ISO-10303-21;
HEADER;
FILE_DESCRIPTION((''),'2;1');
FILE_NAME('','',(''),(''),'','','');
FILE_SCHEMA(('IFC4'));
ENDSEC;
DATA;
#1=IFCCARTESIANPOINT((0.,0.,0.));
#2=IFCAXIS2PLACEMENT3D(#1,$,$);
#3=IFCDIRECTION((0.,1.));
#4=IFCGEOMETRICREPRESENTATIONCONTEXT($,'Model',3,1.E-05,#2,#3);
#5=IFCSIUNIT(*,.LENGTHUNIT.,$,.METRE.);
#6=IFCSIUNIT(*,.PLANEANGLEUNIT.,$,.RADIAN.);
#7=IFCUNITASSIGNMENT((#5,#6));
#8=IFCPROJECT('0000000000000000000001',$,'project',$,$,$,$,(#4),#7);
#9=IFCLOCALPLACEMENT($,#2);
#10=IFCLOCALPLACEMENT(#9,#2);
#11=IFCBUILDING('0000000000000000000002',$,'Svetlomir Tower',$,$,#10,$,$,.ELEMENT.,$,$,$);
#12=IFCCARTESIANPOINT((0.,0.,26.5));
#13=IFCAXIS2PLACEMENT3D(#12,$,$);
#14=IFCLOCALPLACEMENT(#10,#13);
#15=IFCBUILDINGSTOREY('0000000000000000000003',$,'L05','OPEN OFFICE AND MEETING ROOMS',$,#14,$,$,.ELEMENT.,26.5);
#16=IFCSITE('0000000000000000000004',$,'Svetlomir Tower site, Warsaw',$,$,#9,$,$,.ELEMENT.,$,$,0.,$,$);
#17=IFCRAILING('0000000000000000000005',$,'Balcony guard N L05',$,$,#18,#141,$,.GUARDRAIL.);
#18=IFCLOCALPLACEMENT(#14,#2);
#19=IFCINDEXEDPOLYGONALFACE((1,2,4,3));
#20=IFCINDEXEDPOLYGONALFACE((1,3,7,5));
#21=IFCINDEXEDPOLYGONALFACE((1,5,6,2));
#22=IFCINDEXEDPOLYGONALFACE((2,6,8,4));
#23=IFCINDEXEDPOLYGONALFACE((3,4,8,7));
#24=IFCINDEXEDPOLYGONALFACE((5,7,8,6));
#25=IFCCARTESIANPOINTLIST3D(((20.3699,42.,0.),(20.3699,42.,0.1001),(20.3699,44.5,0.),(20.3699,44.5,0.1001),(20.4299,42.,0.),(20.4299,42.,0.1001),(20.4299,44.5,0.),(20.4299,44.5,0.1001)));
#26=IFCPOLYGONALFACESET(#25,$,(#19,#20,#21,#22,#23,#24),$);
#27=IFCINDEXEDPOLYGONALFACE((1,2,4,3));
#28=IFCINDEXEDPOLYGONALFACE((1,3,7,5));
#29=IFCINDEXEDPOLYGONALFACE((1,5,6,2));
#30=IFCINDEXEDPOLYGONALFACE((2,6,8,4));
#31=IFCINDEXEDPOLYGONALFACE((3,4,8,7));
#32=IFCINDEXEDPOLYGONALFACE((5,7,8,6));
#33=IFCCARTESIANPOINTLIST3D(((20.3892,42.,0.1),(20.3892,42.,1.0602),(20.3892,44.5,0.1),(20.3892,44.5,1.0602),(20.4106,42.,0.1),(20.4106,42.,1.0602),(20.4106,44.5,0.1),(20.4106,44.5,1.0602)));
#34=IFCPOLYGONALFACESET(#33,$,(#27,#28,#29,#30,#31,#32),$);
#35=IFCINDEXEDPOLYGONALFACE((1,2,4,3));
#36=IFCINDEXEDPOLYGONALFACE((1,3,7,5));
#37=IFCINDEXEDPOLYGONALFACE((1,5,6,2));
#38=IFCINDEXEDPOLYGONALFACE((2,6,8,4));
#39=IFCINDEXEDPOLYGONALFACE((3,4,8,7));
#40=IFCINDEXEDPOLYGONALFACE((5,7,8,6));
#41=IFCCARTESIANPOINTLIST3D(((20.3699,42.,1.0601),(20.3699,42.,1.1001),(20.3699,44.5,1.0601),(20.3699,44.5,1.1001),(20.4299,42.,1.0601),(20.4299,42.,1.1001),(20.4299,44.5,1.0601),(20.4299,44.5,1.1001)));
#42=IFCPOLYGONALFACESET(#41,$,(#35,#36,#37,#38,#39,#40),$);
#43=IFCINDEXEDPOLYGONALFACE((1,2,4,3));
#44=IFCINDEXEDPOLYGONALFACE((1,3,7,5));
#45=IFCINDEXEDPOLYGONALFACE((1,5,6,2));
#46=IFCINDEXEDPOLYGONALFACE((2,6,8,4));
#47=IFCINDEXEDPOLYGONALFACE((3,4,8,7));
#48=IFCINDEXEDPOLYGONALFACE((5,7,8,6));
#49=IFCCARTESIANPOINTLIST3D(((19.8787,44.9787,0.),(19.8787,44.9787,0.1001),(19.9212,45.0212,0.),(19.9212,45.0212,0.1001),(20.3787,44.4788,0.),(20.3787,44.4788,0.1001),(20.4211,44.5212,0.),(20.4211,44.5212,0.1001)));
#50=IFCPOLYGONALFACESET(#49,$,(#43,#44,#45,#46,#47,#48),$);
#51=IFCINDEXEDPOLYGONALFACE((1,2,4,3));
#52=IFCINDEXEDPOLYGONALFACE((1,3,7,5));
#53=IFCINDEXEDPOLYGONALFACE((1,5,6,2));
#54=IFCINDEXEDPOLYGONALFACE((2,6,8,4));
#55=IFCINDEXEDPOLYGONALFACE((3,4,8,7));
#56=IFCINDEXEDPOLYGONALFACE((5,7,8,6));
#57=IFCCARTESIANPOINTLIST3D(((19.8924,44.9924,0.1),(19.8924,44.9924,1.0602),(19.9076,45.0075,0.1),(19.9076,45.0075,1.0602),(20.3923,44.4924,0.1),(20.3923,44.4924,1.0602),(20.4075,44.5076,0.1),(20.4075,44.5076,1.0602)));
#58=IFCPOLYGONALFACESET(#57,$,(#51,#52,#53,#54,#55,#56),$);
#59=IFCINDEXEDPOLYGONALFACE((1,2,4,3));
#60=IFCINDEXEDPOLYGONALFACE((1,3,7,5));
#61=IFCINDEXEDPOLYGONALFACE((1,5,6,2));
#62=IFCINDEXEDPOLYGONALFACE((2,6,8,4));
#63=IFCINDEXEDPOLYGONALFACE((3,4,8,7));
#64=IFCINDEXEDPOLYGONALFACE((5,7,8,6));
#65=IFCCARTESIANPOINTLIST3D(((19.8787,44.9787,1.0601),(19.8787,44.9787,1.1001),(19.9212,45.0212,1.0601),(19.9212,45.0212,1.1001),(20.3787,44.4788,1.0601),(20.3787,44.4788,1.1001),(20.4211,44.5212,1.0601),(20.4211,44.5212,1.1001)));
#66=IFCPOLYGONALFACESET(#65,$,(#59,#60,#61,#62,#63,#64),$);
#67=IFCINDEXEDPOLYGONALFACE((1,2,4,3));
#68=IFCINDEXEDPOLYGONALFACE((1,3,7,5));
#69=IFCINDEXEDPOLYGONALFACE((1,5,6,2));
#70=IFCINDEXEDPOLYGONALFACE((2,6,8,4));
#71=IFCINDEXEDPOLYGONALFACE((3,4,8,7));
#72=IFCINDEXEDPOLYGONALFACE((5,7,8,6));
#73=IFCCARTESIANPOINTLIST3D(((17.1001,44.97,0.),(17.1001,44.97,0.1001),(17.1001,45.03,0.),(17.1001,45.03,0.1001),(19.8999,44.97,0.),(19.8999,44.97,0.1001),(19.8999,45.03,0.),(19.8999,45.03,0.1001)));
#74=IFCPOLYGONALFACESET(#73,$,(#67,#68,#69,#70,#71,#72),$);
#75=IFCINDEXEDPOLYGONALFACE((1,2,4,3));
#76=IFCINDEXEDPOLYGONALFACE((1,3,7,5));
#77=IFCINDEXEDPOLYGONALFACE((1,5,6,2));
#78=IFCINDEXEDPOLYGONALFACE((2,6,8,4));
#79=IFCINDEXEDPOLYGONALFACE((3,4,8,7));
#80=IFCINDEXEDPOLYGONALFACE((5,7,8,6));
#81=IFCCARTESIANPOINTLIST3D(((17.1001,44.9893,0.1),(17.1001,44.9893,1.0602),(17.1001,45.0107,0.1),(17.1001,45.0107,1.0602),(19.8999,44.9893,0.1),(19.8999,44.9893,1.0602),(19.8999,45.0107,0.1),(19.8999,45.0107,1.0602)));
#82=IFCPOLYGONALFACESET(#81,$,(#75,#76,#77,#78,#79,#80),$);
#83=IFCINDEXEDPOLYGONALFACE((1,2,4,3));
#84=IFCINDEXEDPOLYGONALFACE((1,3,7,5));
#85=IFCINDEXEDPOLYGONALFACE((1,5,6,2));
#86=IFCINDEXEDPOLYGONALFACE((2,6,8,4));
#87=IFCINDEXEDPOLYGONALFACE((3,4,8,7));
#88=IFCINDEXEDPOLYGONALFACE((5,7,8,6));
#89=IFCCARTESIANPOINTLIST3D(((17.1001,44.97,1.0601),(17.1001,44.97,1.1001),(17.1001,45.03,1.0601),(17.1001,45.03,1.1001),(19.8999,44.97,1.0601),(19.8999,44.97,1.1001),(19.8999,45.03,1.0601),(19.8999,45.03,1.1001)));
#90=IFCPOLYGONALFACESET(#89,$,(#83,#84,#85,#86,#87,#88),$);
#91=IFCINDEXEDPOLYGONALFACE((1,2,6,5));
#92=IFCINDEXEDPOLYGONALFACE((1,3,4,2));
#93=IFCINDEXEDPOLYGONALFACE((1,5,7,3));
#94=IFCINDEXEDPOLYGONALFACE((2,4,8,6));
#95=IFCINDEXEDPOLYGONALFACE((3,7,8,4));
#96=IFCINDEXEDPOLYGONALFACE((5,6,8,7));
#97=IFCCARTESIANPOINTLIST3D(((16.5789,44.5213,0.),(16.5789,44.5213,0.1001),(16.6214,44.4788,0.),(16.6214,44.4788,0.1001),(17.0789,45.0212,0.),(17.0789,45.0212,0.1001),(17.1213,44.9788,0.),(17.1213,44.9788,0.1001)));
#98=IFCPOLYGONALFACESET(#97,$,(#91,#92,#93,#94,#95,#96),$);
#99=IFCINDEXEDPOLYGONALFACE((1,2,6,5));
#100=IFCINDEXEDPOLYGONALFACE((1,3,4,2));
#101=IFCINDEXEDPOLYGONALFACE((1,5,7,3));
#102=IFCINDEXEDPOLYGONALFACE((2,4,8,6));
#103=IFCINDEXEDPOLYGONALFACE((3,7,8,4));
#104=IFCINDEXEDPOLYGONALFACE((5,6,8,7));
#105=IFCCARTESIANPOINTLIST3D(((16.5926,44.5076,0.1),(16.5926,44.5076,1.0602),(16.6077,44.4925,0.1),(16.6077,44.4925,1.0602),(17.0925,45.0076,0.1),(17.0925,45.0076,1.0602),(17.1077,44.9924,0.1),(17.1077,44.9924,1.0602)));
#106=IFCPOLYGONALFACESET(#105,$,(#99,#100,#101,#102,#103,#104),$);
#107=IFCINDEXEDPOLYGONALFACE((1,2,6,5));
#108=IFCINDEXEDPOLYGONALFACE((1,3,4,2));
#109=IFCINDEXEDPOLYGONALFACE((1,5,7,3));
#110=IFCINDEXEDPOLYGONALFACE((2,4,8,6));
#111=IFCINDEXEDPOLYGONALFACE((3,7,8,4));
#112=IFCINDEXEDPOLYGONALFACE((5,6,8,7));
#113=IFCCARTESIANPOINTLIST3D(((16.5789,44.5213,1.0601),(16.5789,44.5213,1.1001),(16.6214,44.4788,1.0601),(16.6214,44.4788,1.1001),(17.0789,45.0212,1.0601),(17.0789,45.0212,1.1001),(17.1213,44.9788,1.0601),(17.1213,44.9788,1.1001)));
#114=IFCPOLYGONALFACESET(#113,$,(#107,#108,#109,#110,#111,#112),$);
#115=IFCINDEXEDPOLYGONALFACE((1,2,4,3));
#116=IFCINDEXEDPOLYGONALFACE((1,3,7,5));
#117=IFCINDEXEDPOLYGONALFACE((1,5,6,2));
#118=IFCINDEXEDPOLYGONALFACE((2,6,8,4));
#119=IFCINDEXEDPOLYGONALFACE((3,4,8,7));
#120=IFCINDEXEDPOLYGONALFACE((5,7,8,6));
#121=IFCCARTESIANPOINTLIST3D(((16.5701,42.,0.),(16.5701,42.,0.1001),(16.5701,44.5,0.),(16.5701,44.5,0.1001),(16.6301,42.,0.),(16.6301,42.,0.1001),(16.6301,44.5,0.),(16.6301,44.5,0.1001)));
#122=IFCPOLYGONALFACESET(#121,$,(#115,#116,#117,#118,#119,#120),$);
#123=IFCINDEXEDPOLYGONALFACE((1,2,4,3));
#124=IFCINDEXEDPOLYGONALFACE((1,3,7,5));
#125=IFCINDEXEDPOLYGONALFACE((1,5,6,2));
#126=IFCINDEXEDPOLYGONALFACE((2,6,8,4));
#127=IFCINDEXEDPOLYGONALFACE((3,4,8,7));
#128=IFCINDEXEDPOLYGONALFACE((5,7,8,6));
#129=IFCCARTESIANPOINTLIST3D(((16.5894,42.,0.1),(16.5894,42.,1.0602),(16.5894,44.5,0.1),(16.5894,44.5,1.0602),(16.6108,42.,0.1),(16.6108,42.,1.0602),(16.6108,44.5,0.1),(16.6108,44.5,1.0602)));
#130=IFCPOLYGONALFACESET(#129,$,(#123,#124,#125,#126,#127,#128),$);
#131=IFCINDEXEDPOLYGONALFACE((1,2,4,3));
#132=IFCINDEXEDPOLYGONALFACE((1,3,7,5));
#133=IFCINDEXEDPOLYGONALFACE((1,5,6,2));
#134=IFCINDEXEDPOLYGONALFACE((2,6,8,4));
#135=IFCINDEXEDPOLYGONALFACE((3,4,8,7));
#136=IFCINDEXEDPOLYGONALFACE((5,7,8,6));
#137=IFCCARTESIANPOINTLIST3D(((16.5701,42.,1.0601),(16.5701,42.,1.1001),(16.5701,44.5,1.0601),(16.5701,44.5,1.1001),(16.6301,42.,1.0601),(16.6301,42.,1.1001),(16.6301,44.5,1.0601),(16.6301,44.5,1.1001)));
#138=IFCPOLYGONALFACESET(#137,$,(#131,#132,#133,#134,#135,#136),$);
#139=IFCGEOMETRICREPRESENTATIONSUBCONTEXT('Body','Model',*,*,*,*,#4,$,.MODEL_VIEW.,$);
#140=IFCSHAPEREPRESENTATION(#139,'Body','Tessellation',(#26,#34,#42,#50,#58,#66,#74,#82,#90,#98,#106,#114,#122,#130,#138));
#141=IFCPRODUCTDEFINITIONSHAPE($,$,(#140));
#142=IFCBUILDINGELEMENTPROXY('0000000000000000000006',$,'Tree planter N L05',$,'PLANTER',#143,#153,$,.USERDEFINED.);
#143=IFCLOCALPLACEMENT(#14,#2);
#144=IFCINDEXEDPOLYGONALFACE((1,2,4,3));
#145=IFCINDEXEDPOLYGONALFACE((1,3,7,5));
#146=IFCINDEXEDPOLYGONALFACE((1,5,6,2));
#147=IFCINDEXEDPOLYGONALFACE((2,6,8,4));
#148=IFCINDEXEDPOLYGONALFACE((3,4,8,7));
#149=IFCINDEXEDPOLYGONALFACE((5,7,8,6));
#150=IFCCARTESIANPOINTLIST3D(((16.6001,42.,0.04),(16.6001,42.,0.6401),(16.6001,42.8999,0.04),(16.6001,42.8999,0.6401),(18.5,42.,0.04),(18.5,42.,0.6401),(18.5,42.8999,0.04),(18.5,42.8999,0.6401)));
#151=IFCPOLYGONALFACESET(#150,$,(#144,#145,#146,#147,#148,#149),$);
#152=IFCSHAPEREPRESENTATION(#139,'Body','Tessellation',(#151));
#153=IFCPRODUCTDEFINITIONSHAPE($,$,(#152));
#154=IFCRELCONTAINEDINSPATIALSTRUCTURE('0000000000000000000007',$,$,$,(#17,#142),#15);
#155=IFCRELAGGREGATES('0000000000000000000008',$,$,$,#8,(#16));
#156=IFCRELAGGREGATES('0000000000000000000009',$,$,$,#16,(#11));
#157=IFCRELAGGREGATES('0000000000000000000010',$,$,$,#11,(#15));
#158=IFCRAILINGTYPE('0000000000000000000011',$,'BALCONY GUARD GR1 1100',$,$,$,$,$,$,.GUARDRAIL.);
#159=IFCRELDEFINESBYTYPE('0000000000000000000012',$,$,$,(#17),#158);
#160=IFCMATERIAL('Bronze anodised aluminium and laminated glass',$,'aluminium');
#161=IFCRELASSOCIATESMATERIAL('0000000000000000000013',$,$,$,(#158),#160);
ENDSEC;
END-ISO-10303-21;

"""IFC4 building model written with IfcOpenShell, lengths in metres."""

from ifc_helpers import new_model, si_unit, direction, frame, origin, origin_2d, place, context, subcontext, project, spatial, rectangle, extrude, material, type_object, element, save


model = new_model("IFC4")

# Units and contexts
model_context = context("Model", 3, precision=1e-05, world=origin(), true_north=direction((0.0, 1.0)))
body_context = subcontext(model_context, "Body", "Model", "MODEL_VIEW")
ifc_project = project(units=[si_unit("LENGTHUNIT", "METRE"), si_unit("PLANEANGLEUNIT", "RADIAN")], contexts=[model_context])

# Site, building, storey
site_placement = place(None, origin())
site = spatial("IfcSite", under=ifc_project, at=site_placement, Name="Svetlomir Tower site, Warsaw", CompositionType="ELEMENT", RefElevation=0.0)
building_placement = place(site_placement, origin())
building = spatial("IfcBuilding", under=site, at=building_placement, Name="Svetlomir Tower", CompositionType="ELEMENT")
storey_placement = place(building_placement, frame((0.0, 0.0, 26.5)))
storey = spatial("IfcBuildingStorey", under=building, at=storey_placement, Name="L05", Description="OPEN OFFICE AND MEETING ROOMS", CompositionType="ELEMENT", Elevation=26.5)

# Railing
ifc_material_1 = material(Name="Bronze anodised aluminium and laminated glass", Category="aluminium")
railing_type = type_object("IfcRailingType", Name="BALCONY GUARD GR1 1100", PredefinedType="GUARDRAIL", material=ifc_material_1)
railing_placement = place(storey_placement, frame((20.3999, 42.0, 0.0)))
element("IfcRailing", 1, at=railing_placement, inside=storey, type_object=railing_type, Name="Balcony guard N L05", PredefinedType="GUARDRAIL", context=body_context, shape_type="SweptSolid", body=[
    extrude(rectangle(XDim=0.0601, YDim=0.1001, at=origin_2d()), frame((0.0, 0.0, 0.05), z_axis=(0.0, 1.0, 0.0), x_axis=(-1.0, 0.0, 0.0)), (0.0, 0.0, 1.0), 2.5),
    extrude(rectangle(XDim=0.0215, YDim=0.9602, at=origin_2d()), frame((0.0, 0.0, 0.5801), z_axis=(0.0, 1.0, 0.0), x_axis=(-1.0, 0.0, 0.0)), (0.0, 0.0, 1.0), 2.5),
    extrude(rectangle(XDim=0.0601, YDim=0.04, at=origin_2d()), frame((0.0, 0.0, 1.0801), z_axis=(0.0, 1.0, 0.0), x_axis=(-1.0, 0.0, 0.0)), (0.0, 0.0, 1.0), 2.5),
    extrude(rectangle(XDim=0.0601, YDim=0.1001, at=origin_2d()), frame((0.0, 2.5, 0.05), z_axis=(-0.707107, 0.707107, 0.0), x_axis=(-0.707107, -0.707107, 0.0)), (0.0, 0.0, 1.0), 0.707),
    extrude(rectangle(XDim=0.0215, YDim=0.9602, at=origin_2d()), frame((0.0, 2.5, 0.5801), z_axis=(-0.707107, 0.707107, 0.0), x_axis=(-0.707107, -0.707107, 0.0)), (0.0, 0.0, 1.0), 0.707),
    extrude(rectangle(XDim=0.0601, YDim=0.04, at=origin_2d()), frame((0.0, 2.5, 1.0801), z_axis=(-0.707107, 0.707107, 0.0), x_axis=(-0.707107, -0.707107, 0.0)), (0.0, 0.0, 1.0), 0.707),
    extrude(rectangle(XDim=0.0601, YDim=0.1001, at=origin_2d()), frame((-0.5, 3.0, 0.05), z_axis=(-1.0, 0.0, 0.0), x_axis=(0.0, -1.0, 0.0)), (0.0, 0.0, 1.0), 2.7998),
    extrude(rectangle(XDim=0.0215, YDim=0.9602, at=origin_2d()), frame((-0.5, 3.0, 0.5801), z_axis=(-1.0, 0.0, 0.0), x_axis=(0.0, -1.0, 0.0)), (0.0, 0.0, 1.0), 2.7998),
    extrude(rectangle(XDim=0.0601, YDim=0.04, at=origin_2d()), frame((-0.5, 3.0, 1.0801), z_axis=(-1.0, 0.0, 0.0), x_axis=(0.0, -1.0, 0.0)), (0.0, 0.0, 1.0), 2.7998),
    extrude(rectangle(XDim=0.0601, YDim=0.1001, at=origin_2d()), frame((-3.2998, 3.0, 0.05), z_axis=(-0.707107, -0.707107, 0.0), x_axis=(0.707107, -0.707107, 0.0)), (0.0, 0.0, 1.0), 0.707),
    extrude(rectangle(XDim=0.0215, YDim=0.9602, at=origin_2d()), frame((-3.2998, 3.0, 0.5801), z_axis=(-0.707107, -0.707107, 0.0), x_axis=(0.707107, -0.707107, 0.0)), (0.0, 0.0, 1.0), 0.707),
    extrude(rectangle(XDim=0.0601, YDim=0.04, at=origin_2d()), frame((-3.2998, 3.0, 1.0801), z_axis=(-0.707107, -0.707107, 0.0), x_axis=(0.707107, -0.707107, 0.0)), (0.0, 0.0, 1.0), 0.707),
    extrude(rectangle(XDim=0.0601, YDim=0.1001, at=origin_2d()), frame((-3.7998, 2.5, 0.05), z_axis=(0.0, -1.0, 0.0), x_axis=(1.0, 0.0, 0.0)), (0.0, 0.0, 1.0), 2.5),
    extrude(rectangle(XDim=0.0215, YDim=0.9602, at=origin_2d()), frame((-3.7998, 2.5, 0.5801), z_axis=(0.0, -1.0, 0.0), x_axis=(1.0, 0.0, 0.0)), (0.0, 0.0, 1.0), 2.5),
    extrude(rectangle(XDim=0.0601, YDim=0.04, at=origin_2d()), frame((-3.7998, 2.5, 1.0801), z_axis=(0.0, -1.0, 0.0), x_axis=(1.0, 0.0, 0.0)), (0.0, 0.0, 1.0), 2.5),
])

# Building element proxy
proxy_placement = place(storey_placement, frame((17.55, 42.45, 0.04), z_axis=(0.0, 0.0, 1.0), x_axis=(1.0, 0.0, 0.0)))
element("IfcBuildingElementProxy", 2, at=proxy_placement, inside=storey, Name="Tree planter N L05", ObjectType="PLANTER", PredefinedType="USERDEFINED", context=body_context, shape_type="SweptSolid", body=[
    extrude(rectangle(XDim=1.8999, YDim=0.8999, at=origin_2d()), origin(), (0.0, 0.0, 1.0), 0.6001),
])

save(model, "model.ifc")
